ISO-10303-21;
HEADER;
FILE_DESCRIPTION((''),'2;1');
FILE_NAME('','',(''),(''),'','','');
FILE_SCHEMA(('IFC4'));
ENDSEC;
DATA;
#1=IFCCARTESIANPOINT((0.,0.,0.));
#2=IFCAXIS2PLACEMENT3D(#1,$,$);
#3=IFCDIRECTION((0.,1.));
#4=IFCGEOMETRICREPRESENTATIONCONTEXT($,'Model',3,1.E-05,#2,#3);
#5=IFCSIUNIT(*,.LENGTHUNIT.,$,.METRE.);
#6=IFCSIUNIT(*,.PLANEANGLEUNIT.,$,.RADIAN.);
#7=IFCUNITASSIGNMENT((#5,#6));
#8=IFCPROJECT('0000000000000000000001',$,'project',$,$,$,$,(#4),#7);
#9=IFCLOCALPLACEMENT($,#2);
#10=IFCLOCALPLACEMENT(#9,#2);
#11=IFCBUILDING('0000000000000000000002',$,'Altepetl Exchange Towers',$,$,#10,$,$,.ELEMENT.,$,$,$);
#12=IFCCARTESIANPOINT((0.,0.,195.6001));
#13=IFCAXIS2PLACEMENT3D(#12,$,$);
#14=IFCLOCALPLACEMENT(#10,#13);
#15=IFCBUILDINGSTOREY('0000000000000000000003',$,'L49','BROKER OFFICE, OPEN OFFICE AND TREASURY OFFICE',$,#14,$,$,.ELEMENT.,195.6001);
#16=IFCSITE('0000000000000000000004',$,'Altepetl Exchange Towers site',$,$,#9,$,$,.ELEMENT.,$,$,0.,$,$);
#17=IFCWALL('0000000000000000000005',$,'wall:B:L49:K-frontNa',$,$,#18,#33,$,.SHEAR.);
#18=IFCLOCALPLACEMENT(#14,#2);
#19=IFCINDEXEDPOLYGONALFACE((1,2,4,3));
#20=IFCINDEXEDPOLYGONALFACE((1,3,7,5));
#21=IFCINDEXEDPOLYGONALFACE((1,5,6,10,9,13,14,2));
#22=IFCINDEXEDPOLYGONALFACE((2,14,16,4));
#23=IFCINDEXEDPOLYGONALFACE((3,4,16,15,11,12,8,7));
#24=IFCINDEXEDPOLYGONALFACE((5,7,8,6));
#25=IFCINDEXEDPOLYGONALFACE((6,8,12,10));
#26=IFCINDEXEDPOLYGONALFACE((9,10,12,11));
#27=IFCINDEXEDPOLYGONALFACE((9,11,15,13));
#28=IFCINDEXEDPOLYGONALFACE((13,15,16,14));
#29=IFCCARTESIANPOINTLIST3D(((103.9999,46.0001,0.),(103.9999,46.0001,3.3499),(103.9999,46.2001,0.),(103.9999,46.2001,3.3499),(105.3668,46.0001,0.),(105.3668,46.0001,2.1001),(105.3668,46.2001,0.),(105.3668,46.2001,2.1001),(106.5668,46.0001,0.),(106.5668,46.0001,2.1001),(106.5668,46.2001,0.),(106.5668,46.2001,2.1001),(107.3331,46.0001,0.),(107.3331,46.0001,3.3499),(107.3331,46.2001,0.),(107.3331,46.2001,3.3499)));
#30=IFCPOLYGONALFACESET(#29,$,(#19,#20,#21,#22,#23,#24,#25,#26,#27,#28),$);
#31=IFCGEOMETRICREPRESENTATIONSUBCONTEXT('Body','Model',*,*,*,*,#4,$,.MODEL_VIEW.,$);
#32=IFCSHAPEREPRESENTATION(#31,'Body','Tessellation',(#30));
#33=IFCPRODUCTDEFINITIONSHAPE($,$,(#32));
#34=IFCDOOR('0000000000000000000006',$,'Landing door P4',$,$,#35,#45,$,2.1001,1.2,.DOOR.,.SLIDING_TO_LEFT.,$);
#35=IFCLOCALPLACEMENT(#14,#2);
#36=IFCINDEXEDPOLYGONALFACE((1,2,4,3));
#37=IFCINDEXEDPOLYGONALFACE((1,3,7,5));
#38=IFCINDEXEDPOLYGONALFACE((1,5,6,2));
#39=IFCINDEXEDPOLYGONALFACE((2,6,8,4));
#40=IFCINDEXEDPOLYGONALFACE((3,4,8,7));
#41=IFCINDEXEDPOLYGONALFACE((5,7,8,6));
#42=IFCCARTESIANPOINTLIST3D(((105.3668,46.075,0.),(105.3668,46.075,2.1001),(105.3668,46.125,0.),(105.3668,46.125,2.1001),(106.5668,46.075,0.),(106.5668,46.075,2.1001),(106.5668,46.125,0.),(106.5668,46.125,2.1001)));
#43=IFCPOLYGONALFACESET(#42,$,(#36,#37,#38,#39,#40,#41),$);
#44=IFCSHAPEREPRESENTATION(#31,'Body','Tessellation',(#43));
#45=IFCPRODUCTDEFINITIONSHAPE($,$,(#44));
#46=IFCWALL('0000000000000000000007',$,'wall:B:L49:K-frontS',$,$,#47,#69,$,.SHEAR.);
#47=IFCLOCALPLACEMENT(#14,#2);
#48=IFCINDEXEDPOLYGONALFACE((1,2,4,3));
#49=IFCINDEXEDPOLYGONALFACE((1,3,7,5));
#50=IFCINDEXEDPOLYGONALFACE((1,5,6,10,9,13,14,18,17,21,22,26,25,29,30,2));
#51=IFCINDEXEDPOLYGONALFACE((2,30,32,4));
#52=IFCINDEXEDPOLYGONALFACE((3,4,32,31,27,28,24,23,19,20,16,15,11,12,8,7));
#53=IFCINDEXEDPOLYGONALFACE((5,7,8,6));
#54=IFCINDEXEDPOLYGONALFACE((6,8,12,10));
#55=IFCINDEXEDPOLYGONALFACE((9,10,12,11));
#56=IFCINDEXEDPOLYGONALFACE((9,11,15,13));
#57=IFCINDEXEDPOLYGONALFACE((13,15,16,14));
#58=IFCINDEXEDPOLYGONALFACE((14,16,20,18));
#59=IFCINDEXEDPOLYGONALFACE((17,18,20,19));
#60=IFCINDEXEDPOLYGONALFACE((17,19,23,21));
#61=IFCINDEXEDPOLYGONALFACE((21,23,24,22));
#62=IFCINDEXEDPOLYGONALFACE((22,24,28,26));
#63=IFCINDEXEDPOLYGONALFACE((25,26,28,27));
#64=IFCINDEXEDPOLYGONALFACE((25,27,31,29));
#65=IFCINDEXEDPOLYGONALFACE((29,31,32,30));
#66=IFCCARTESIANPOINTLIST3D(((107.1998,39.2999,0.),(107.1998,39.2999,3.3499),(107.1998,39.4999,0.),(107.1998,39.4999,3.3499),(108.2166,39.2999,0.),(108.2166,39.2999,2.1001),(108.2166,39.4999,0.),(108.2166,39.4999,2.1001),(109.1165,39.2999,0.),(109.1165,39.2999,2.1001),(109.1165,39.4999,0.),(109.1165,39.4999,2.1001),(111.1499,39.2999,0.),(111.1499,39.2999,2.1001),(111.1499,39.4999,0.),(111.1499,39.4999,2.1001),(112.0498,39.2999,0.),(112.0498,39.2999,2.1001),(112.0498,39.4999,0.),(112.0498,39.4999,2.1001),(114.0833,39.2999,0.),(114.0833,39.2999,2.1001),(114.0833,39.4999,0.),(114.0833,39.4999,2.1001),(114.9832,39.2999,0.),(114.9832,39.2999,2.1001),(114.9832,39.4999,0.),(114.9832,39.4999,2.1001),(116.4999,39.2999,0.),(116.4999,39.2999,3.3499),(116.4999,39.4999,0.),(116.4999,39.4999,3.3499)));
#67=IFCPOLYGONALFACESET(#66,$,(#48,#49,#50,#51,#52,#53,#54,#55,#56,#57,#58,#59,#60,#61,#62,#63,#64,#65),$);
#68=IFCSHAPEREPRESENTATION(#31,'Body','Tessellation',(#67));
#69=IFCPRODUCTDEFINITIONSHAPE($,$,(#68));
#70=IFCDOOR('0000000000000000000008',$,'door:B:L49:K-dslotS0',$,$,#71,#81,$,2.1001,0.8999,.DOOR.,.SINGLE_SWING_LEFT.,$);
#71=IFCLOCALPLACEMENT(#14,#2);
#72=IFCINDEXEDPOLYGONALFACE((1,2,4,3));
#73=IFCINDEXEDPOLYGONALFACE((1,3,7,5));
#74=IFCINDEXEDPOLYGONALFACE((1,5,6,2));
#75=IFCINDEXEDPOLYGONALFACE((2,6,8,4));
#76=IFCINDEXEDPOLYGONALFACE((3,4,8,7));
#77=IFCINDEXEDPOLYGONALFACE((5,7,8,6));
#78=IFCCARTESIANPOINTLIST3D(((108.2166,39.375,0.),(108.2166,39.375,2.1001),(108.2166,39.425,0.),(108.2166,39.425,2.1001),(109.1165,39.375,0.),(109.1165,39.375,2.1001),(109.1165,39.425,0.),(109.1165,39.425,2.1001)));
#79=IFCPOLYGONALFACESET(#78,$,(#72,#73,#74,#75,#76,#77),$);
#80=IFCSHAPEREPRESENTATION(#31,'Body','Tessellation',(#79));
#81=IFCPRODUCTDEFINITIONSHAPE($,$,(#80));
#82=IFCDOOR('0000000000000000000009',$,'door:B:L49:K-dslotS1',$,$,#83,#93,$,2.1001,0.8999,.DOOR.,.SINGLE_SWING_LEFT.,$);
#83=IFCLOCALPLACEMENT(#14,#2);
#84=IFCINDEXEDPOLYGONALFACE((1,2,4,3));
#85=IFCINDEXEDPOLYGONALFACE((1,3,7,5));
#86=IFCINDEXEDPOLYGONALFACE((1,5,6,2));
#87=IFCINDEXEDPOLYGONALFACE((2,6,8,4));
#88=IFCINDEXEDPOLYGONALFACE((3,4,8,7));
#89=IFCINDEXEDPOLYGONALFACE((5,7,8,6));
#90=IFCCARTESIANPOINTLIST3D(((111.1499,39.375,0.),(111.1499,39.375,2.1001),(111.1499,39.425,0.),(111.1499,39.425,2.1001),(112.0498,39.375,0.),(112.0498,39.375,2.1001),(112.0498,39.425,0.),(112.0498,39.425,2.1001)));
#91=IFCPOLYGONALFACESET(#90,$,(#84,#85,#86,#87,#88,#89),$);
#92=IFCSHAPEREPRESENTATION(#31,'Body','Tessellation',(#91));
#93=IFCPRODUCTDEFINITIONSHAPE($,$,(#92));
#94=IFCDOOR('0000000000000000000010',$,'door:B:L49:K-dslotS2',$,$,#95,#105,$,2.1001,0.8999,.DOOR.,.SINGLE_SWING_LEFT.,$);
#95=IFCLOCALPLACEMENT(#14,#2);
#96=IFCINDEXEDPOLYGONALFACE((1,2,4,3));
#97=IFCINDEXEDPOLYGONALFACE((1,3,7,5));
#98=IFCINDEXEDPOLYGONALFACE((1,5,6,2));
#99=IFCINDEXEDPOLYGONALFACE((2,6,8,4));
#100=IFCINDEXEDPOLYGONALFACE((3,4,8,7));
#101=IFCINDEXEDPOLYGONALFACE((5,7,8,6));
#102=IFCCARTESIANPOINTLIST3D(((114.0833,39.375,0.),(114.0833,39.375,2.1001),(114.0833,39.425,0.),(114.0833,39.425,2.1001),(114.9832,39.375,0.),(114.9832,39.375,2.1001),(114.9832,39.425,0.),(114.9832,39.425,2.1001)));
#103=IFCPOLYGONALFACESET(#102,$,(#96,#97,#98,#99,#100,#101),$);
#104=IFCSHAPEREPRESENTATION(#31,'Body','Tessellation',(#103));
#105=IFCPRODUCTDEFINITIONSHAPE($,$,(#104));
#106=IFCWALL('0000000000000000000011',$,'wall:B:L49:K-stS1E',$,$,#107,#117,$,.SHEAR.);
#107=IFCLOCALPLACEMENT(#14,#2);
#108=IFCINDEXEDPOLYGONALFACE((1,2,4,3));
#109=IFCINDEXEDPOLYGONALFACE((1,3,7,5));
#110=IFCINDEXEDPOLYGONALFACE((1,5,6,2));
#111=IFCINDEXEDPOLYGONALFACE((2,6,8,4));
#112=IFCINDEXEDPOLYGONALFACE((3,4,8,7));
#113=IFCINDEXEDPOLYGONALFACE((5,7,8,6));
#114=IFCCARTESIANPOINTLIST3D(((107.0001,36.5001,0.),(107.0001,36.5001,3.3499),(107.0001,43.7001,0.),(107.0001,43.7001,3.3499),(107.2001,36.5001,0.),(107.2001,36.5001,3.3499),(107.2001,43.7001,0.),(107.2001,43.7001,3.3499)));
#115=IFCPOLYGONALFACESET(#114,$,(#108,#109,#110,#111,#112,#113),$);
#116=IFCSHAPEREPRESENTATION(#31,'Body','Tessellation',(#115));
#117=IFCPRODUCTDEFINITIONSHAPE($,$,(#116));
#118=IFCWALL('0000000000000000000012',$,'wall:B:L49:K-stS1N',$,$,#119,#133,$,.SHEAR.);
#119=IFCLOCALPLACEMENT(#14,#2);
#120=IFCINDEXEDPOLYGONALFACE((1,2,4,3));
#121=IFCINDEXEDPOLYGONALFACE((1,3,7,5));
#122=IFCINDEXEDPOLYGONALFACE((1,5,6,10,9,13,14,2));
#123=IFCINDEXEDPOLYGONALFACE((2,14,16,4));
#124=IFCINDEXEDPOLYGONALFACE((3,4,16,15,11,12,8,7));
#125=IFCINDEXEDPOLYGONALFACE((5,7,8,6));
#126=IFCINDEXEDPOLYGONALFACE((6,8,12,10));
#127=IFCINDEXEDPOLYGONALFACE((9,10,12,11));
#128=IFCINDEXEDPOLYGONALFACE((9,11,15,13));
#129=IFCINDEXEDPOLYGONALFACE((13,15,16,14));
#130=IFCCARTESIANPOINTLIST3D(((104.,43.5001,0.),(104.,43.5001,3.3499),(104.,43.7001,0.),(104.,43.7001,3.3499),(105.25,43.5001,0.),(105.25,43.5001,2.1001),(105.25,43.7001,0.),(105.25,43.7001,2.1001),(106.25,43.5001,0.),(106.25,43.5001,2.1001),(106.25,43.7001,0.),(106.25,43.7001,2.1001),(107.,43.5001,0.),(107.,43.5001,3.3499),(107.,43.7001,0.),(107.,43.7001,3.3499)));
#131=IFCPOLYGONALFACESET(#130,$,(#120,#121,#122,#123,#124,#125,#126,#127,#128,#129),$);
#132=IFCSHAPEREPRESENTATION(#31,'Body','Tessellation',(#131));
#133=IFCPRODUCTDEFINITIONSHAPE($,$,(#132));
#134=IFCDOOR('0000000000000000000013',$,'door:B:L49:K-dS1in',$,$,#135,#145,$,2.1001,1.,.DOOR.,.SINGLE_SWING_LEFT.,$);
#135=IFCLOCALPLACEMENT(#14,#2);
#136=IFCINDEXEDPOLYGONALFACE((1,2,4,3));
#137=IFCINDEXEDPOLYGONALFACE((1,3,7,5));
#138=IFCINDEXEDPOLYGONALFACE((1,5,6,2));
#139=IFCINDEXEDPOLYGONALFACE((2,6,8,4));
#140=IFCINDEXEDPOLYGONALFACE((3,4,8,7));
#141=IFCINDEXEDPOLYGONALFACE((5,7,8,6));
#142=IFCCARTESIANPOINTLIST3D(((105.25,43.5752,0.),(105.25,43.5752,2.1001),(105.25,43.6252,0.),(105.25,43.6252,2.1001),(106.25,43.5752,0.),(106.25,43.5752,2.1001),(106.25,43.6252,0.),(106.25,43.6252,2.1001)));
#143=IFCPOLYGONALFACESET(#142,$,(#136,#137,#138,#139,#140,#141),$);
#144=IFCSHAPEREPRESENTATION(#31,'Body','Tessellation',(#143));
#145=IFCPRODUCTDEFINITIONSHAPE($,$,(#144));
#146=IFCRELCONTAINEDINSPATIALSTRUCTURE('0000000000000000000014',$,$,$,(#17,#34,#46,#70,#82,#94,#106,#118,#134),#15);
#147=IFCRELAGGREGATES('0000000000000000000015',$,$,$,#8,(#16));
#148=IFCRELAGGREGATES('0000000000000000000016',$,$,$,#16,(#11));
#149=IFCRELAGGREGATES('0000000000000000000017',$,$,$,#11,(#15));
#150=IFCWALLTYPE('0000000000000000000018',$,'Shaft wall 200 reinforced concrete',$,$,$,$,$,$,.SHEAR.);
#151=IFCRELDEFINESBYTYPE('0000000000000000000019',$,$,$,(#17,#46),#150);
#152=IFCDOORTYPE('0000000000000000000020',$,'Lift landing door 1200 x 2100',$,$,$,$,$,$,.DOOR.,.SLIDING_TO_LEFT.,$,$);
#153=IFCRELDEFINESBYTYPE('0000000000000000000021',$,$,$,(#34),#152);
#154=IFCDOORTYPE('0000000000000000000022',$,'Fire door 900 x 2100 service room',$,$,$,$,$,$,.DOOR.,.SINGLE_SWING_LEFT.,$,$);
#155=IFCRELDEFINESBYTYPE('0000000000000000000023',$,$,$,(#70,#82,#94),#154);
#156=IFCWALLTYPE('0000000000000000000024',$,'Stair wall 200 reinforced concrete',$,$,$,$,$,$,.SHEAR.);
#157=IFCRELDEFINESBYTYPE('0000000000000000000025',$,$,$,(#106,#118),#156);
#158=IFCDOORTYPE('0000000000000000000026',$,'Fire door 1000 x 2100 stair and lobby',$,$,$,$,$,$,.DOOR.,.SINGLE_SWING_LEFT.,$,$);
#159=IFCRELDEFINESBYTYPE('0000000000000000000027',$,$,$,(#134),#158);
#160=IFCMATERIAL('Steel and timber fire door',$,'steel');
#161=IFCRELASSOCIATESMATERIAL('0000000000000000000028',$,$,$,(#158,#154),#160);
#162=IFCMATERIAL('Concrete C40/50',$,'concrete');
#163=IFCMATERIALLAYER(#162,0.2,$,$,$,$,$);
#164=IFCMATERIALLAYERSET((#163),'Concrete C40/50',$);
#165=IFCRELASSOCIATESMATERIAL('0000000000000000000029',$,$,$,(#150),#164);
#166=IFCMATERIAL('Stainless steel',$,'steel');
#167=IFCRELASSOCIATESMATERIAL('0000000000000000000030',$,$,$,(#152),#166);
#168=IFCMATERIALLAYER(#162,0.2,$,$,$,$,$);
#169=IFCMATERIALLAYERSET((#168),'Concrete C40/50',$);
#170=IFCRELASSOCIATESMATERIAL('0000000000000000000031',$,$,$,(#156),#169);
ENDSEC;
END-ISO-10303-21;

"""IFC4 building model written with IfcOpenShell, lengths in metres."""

from ifc_helpers import new_model, si_unit, direction, frame, frame_2d, origin, place, context, subcontext, project, spatial, rectangle, extrude, material, layer, layer_set, type_object, element, fill, save


model = new_model("IFC4")

# Units and contexts
model_context = context("Model", 3, precision=1e-05, world=origin(), true_north=direction((0.0, 1.0)))
body_context = subcontext(model_context, "Body", "Model", "MODEL_VIEW")
ifc_project = project(units=[si_unit("LENGTHUNIT", "METRE"), si_unit("PLANEANGLEUNIT", "RADIAN")], contexts=[model_context])

# Site, building, storey
site_placement = place(None, origin())
site = spatial("IfcSite", under=ifc_project, at=site_placement, Name="Altepetl Exchange Towers site", CompositionType="ELEMENT", RefElevation=0.0)
building_placement = place(site_placement, origin())
building = spatial("IfcBuilding", under=site, at=building_placement, Name="Altepetl Exchange Towers", CompositionType="ELEMENT")
storey_placement = place(building_placement, frame((0.0, 0.0, 195.6001)))
storey = spatial("IfcBuildingStorey", under=building, at=storey_placement, Name="L49", Description="BROKER OFFICE, OPEN OFFICE AND TREASURY OFFICE", CompositionType="ELEMENT", Elevation=195.6001)

# Shared definitions
ifc_material_1 = material(Name="Steel and timber fire door", Category="steel")
door_type_1 = type_object("IfcDoorType", Name="Fire door 1000 x 2100 stair and lobby", OperationType="SINGLE_SWING_LEFT", PredefinedType="DOOR", material=ifc_material_1)

# Shared definitions
door_type_2 = type_object("IfcDoorType", Name="Fire door 900 x 2100 service room", OperationType="SINGLE_SWING_LEFT", PredefinedType="DOOR", material=ifc_material_1)

# Wall, opening, door
ifc_material_2 = material(Name="Concrete C40/50", Category="concrete")
ifc_layer_1 = layer(ifc_material_2, 0.2)
ifc_layer_set_1 = layer_set([ifc_layer_1], Name="Concrete C40/50")
wall_type_1 = type_object("IfcWallType", Name="Shaft wall 200 reinforced concrete", PredefinedType="SHEAR", material=ifc_layer_set_1)
wall_1_placement = place(storey_placement, frame((104.0, 46.1001, 0.0)))
wall_1 = element("IfcWall", 1, at=wall_1_placement, inside=storey, type_object=wall_type_1, Name="wall:B:L49:K-frontNa", PredefinedType="SHEAR", context=body_context, shape_type="SweptSolid", body=[
    extrude(rectangle(XDim=3.3333, YDim=0.2, at=frame_2d((1.6665, 0.0))), origin(), (0.0, 0.0, 1.0), 3.3499),
])
opening_1_placement = place(wall_1_placement, frame((1.3667, 0.0, 0.0)))
opening_1 = element("IfcOpeningElement", 2, at=opening_1_placement, cuts=wall_1, PredefinedType="OPENING", context=body_context, shape_type="SweptSolid", body=[
    extrude(rectangle(XDim=1.2, YDim=2.1001, at=frame_2d((0.6001, 1.05))), frame((0.0, 0.1099, 0.0), z_axis=(0.0, -1.0, 0.0), x_axis=(1.0, 0.0, 0.0)), (0.0, 0.0, 1.0), 0.22),
])
ifc_material_3 = material(Name="Stainless steel", Category="steel")
door_type_3 = type_object("IfcDoorType", Name="Lift landing door 1200 x 2100", OperationType="SLIDING_TO_LEFT", PredefinedType="DOOR", material=ifc_material_3)
door_1_placement = place(opening_1_placement, origin())
door_1 = element("IfcDoor", 3, at=door_1_placement, inside=storey, type_object=door_type_3, Name="Landing door P4", OperationType="SLIDING_TO_LEFT", OverallHeight=2.1001, OverallWidth=1.2, PredefinedType="DOOR", context=body_context, shape_type="SweptSolid", body=[
    extrude(rectangle(XDim=1.2, YDim=2.1001, at=frame_2d((0.6001, 1.05))), frame((0.0, 0.0249, 0.0), z_axis=(0.0, -1.0, 0.0), x_axis=(1.0, 0.0, 0.0)), (0.0, 0.0, 1.0), 0.05),
])
fill(opening_1, door_1)

# Wall, openings, doors
wall_2_placement = place(storey_placement, frame((107.2, 39.3999, 0.0)))
wall_2 = element("IfcWall", 4, at=wall_2_placement, inside=storey, type_object=wall_type_1, Name="wall:B:L49:K-frontS", PredefinedType="SHEAR", context=body_context, shape_type="SweptSolid", body=[
    extrude(rectangle(XDim=9.3, YDim=0.2, at=frame_2d((4.6499, 0.0))), origin(), (0.0, 0.0, 1.0), 3.3499),
])
opening_2_placement = place(wall_2_placement, frame((1.0166, 0.0, 0.0)))
opening_2 = element("IfcOpeningElement", 5, at=opening_2_placement, cuts=wall_2, PredefinedType="OPENING", context=body_context, shape_type="SweptSolid", body=[
    extrude(rectangle(XDim=0.8999, YDim=2.1001, at=frame_2d((0.45, 1.05))), frame((0.0, 0.1099, 0.0), z_axis=(0.0, -1.0, 0.0), x_axis=(1.0, 0.0, 0.0)), (0.0, 0.0, 1.0), 0.22),
])
opening_3_placement = place(wall_2_placement, frame((3.95, 0.0, 0.0)))
opening_3 = element("IfcOpeningElement", 6, at=opening_3_placement, cuts=wall_2, PredefinedType="OPENING", context=body_context, shape_type="SweptSolid", body=[
    extrude(rectangle(XDim=0.8999, YDim=2.1001, at=frame_2d((0.45, 1.05))), frame((0.0, 0.1099, 0.0), z_axis=(0.0, -1.0, 0.0), x_axis=(1.0, 0.0, 0.0)), (0.0, 0.0, 1.0), 0.22),
])
opening_4_placement = place(wall_2_placement, frame((6.8833, 0.0, 0.0)))
opening_4 = element("IfcOpeningElement", 7, at=opening_4_placement, cuts=wall_2, PredefinedType="OPENING", context=body_context, shape_type="SweptSolid", body=[
    extrude(rectangle(XDim=0.8999, YDim=2.1001, at=frame_2d((0.45, 1.05))), frame((0.0, 0.1099, 0.0), z_axis=(0.0, -1.0, 0.0), x_axis=(1.0, 0.0, 0.0)), (0.0, 0.0, 1.0), 0.22),
])
door_2_placement = place(opening_2_placement, frame((0.8999, 0.0, 0.0), x_axis=(-1.0, 0.0, 0.0)))
door_2 = element("IfcDoor", 8, at=door_2_placement, inside=storey, type_object=door_type_2, Name="door:B:L49:K-dslotS0", OperationType="SINGLE_SWING_LEFT", OverallHeight=2.1001, OverallWidth=0.8999, PredefinedType="DOOR", context=body_context, shape_type="SweptSolid", body=[
    extrude(rectangle(XDim=0.8999, YDim=2.1001, at=frame_2d((0.45, 1.05))), frame((0.0, 0.0249, 0.0), z_axis=(0.0, -1.0, 0.0), x_axis=(1.0, 0.0, 0.0)), (0.0, 0.0, 1.0), 0.05),
])
fill(opening_2, door_2)
door_3_placement = place(opening_3_placement, frame((0.8999, 0.0, 0.0), x_axis=(-1.0, 0.0, 0.0)))
door_3 = element("IfcDoor", 9, at=door_3_placement, inside=storey, type_object=door_type_2, Name="door:B:L49:K-dslotS1", OperationType="SINGLE_SWING_LEFT", OverallHeight=2.1001, OverallWidth=0.8999, PredefinedType="DOOR", context=body_context, shape_type="SweptSolid", body=[
    extrude(rectangle(XDim=0.8999, YDim=2.1001, at=frame_2d((0.45, 1.05))), frame((0.0, 0.0249, 0.0), z_axis=(0.0, -1.0, 0.0), x_axis=(1.0, 0.0, 0.0)), (0.0, 0.0, 1.0), 0.05),
])
fill(opening_3, door_3)
door_4_placement = place(opening_4_placement, frame((0.8999, 0.0, 0.0), x_axis=(-1.0, 0.0, 0.0)))
door_4 = element("IfcDoor", 10, at=door_4_placement, inside=storey, type_object=door_type_2, Name="door:B:L49:K-dslotS2", OperationType="SINGLE_SWING_LEFT", OverallHeight=2.1001, OverallWidth=0.8999, PredefinedType="DOOR", context=body_context, shape_type="SweptSolid", body=[
    extrude(rectangle(XDim=0.8999, YDim=2.1001, at=frame_2d((0.45, 1.05))), frame((0.0, 0.0249, 0.0), z_axis=(0.0, -1.0, 0.0), x_axis=(1.0, 0.0, 0.0)), (0.0, 0.0, 1.0), 0.05),
])
fill(opening_4, door_4)

# Wall
ifc_layer_2 = layer(ifc_material_2, 0.2)
ifc_layer_set_2 = layer_set([ifc_layer_2], Name="Concrete C40/50")
wall_type_2 = type_object("IfcWallType", Name="Stair wall 200 reinforced concrete", PredefinedType="SHEAR", material=ifc_layer_set_2)
wall_3_placement = place(storey_placement, frame((107.1001, 36.5, 0.0), z_axis=(0.0, 0.0, 1.0), x_axis=(0.0, 1.0, 0.0)))
element("IfcWall", 11, at=wall_3_placement, inside=storey, type_object=wall_type_2, Name="wall:B:L49:K-stS1E", PredefinedType="SHEAR", context=body_context, shape_type="SweptSolid", body=[
    extrude(rectangle(XDim=7.2, YDim=0.2, at=frame_2d((3.6001, 0.0))), origin(), (0.0, 0.0, 1.0), 3.3499),
])

# Wall, opening, door
wall_4_placement = place(storey_placement, frame((104.0, 43.6001, 0.0)))
wall_4 = element("IfcWall", 12, at=wall_4_placement, inside=storey, type_object=wall_type_2, Name="wall:B:L49:K-stS1N", PredefinedType="SHEAR", context=body_context, shape_type="SweptSolid", body=[
    extrude(rectangle(XDim=3.0, YDim=0.2, at=frame_2d((1.5, 0.0))), origin(), (0.0, 0.0, 1.0), 3.3499),
])
opening_5_placement = place(wall_4_placement, frame((1.25, 0.0, 0.0)))
opening_5 = element("IfcOpeningElement", 13, at=opening_5_placement, cuts=wall_4, PredefinedType="OPENING", context=body_context, shape_type="SweptSolid", body=[
    extrude(rectangle(XDim=1.0, YDim=2.1001, at=frame_2d((0.5, 1.05))), frame((0.0, 0.1099, 0.0), z_axis=(0.0, -1.0, 0.0), x_axis=(1.0, 0.0, 0.0)), (0.0, 0.0, 1.0), 0.22),
])
door_5_placement = place(opening_5_placement, frame((1.0, 0.0, 0.0), x_axis=(-1.0, 0.0, 0.0)))
door_5 = element("IfcDoor", 14, at=door_5_placement, inside=storey, type_object=door_type_1, Name="door:B:L49:K-dS1in", OperationType="SINGLE_SWING_LEFT", OverallHeight=2.1001, OverallWidth=1.0, PredefinedType="DOOR", context=body_context, shape_type="SweptSolid", body=[
    extrude(rectangle(XDim=1.0, YDim=2.1001, at=frame_2d((0.5, 1.05))), frame((0.0, 0.0249, 0.0), z_axis=(0.0, -1.0, 0.0), x_axis=(1.0, 0.0, 0.0)), (0.0, 0.0, 1.0), 0.05),
])
fill(opening_5, door_5)

save(model, "model.ifc")
